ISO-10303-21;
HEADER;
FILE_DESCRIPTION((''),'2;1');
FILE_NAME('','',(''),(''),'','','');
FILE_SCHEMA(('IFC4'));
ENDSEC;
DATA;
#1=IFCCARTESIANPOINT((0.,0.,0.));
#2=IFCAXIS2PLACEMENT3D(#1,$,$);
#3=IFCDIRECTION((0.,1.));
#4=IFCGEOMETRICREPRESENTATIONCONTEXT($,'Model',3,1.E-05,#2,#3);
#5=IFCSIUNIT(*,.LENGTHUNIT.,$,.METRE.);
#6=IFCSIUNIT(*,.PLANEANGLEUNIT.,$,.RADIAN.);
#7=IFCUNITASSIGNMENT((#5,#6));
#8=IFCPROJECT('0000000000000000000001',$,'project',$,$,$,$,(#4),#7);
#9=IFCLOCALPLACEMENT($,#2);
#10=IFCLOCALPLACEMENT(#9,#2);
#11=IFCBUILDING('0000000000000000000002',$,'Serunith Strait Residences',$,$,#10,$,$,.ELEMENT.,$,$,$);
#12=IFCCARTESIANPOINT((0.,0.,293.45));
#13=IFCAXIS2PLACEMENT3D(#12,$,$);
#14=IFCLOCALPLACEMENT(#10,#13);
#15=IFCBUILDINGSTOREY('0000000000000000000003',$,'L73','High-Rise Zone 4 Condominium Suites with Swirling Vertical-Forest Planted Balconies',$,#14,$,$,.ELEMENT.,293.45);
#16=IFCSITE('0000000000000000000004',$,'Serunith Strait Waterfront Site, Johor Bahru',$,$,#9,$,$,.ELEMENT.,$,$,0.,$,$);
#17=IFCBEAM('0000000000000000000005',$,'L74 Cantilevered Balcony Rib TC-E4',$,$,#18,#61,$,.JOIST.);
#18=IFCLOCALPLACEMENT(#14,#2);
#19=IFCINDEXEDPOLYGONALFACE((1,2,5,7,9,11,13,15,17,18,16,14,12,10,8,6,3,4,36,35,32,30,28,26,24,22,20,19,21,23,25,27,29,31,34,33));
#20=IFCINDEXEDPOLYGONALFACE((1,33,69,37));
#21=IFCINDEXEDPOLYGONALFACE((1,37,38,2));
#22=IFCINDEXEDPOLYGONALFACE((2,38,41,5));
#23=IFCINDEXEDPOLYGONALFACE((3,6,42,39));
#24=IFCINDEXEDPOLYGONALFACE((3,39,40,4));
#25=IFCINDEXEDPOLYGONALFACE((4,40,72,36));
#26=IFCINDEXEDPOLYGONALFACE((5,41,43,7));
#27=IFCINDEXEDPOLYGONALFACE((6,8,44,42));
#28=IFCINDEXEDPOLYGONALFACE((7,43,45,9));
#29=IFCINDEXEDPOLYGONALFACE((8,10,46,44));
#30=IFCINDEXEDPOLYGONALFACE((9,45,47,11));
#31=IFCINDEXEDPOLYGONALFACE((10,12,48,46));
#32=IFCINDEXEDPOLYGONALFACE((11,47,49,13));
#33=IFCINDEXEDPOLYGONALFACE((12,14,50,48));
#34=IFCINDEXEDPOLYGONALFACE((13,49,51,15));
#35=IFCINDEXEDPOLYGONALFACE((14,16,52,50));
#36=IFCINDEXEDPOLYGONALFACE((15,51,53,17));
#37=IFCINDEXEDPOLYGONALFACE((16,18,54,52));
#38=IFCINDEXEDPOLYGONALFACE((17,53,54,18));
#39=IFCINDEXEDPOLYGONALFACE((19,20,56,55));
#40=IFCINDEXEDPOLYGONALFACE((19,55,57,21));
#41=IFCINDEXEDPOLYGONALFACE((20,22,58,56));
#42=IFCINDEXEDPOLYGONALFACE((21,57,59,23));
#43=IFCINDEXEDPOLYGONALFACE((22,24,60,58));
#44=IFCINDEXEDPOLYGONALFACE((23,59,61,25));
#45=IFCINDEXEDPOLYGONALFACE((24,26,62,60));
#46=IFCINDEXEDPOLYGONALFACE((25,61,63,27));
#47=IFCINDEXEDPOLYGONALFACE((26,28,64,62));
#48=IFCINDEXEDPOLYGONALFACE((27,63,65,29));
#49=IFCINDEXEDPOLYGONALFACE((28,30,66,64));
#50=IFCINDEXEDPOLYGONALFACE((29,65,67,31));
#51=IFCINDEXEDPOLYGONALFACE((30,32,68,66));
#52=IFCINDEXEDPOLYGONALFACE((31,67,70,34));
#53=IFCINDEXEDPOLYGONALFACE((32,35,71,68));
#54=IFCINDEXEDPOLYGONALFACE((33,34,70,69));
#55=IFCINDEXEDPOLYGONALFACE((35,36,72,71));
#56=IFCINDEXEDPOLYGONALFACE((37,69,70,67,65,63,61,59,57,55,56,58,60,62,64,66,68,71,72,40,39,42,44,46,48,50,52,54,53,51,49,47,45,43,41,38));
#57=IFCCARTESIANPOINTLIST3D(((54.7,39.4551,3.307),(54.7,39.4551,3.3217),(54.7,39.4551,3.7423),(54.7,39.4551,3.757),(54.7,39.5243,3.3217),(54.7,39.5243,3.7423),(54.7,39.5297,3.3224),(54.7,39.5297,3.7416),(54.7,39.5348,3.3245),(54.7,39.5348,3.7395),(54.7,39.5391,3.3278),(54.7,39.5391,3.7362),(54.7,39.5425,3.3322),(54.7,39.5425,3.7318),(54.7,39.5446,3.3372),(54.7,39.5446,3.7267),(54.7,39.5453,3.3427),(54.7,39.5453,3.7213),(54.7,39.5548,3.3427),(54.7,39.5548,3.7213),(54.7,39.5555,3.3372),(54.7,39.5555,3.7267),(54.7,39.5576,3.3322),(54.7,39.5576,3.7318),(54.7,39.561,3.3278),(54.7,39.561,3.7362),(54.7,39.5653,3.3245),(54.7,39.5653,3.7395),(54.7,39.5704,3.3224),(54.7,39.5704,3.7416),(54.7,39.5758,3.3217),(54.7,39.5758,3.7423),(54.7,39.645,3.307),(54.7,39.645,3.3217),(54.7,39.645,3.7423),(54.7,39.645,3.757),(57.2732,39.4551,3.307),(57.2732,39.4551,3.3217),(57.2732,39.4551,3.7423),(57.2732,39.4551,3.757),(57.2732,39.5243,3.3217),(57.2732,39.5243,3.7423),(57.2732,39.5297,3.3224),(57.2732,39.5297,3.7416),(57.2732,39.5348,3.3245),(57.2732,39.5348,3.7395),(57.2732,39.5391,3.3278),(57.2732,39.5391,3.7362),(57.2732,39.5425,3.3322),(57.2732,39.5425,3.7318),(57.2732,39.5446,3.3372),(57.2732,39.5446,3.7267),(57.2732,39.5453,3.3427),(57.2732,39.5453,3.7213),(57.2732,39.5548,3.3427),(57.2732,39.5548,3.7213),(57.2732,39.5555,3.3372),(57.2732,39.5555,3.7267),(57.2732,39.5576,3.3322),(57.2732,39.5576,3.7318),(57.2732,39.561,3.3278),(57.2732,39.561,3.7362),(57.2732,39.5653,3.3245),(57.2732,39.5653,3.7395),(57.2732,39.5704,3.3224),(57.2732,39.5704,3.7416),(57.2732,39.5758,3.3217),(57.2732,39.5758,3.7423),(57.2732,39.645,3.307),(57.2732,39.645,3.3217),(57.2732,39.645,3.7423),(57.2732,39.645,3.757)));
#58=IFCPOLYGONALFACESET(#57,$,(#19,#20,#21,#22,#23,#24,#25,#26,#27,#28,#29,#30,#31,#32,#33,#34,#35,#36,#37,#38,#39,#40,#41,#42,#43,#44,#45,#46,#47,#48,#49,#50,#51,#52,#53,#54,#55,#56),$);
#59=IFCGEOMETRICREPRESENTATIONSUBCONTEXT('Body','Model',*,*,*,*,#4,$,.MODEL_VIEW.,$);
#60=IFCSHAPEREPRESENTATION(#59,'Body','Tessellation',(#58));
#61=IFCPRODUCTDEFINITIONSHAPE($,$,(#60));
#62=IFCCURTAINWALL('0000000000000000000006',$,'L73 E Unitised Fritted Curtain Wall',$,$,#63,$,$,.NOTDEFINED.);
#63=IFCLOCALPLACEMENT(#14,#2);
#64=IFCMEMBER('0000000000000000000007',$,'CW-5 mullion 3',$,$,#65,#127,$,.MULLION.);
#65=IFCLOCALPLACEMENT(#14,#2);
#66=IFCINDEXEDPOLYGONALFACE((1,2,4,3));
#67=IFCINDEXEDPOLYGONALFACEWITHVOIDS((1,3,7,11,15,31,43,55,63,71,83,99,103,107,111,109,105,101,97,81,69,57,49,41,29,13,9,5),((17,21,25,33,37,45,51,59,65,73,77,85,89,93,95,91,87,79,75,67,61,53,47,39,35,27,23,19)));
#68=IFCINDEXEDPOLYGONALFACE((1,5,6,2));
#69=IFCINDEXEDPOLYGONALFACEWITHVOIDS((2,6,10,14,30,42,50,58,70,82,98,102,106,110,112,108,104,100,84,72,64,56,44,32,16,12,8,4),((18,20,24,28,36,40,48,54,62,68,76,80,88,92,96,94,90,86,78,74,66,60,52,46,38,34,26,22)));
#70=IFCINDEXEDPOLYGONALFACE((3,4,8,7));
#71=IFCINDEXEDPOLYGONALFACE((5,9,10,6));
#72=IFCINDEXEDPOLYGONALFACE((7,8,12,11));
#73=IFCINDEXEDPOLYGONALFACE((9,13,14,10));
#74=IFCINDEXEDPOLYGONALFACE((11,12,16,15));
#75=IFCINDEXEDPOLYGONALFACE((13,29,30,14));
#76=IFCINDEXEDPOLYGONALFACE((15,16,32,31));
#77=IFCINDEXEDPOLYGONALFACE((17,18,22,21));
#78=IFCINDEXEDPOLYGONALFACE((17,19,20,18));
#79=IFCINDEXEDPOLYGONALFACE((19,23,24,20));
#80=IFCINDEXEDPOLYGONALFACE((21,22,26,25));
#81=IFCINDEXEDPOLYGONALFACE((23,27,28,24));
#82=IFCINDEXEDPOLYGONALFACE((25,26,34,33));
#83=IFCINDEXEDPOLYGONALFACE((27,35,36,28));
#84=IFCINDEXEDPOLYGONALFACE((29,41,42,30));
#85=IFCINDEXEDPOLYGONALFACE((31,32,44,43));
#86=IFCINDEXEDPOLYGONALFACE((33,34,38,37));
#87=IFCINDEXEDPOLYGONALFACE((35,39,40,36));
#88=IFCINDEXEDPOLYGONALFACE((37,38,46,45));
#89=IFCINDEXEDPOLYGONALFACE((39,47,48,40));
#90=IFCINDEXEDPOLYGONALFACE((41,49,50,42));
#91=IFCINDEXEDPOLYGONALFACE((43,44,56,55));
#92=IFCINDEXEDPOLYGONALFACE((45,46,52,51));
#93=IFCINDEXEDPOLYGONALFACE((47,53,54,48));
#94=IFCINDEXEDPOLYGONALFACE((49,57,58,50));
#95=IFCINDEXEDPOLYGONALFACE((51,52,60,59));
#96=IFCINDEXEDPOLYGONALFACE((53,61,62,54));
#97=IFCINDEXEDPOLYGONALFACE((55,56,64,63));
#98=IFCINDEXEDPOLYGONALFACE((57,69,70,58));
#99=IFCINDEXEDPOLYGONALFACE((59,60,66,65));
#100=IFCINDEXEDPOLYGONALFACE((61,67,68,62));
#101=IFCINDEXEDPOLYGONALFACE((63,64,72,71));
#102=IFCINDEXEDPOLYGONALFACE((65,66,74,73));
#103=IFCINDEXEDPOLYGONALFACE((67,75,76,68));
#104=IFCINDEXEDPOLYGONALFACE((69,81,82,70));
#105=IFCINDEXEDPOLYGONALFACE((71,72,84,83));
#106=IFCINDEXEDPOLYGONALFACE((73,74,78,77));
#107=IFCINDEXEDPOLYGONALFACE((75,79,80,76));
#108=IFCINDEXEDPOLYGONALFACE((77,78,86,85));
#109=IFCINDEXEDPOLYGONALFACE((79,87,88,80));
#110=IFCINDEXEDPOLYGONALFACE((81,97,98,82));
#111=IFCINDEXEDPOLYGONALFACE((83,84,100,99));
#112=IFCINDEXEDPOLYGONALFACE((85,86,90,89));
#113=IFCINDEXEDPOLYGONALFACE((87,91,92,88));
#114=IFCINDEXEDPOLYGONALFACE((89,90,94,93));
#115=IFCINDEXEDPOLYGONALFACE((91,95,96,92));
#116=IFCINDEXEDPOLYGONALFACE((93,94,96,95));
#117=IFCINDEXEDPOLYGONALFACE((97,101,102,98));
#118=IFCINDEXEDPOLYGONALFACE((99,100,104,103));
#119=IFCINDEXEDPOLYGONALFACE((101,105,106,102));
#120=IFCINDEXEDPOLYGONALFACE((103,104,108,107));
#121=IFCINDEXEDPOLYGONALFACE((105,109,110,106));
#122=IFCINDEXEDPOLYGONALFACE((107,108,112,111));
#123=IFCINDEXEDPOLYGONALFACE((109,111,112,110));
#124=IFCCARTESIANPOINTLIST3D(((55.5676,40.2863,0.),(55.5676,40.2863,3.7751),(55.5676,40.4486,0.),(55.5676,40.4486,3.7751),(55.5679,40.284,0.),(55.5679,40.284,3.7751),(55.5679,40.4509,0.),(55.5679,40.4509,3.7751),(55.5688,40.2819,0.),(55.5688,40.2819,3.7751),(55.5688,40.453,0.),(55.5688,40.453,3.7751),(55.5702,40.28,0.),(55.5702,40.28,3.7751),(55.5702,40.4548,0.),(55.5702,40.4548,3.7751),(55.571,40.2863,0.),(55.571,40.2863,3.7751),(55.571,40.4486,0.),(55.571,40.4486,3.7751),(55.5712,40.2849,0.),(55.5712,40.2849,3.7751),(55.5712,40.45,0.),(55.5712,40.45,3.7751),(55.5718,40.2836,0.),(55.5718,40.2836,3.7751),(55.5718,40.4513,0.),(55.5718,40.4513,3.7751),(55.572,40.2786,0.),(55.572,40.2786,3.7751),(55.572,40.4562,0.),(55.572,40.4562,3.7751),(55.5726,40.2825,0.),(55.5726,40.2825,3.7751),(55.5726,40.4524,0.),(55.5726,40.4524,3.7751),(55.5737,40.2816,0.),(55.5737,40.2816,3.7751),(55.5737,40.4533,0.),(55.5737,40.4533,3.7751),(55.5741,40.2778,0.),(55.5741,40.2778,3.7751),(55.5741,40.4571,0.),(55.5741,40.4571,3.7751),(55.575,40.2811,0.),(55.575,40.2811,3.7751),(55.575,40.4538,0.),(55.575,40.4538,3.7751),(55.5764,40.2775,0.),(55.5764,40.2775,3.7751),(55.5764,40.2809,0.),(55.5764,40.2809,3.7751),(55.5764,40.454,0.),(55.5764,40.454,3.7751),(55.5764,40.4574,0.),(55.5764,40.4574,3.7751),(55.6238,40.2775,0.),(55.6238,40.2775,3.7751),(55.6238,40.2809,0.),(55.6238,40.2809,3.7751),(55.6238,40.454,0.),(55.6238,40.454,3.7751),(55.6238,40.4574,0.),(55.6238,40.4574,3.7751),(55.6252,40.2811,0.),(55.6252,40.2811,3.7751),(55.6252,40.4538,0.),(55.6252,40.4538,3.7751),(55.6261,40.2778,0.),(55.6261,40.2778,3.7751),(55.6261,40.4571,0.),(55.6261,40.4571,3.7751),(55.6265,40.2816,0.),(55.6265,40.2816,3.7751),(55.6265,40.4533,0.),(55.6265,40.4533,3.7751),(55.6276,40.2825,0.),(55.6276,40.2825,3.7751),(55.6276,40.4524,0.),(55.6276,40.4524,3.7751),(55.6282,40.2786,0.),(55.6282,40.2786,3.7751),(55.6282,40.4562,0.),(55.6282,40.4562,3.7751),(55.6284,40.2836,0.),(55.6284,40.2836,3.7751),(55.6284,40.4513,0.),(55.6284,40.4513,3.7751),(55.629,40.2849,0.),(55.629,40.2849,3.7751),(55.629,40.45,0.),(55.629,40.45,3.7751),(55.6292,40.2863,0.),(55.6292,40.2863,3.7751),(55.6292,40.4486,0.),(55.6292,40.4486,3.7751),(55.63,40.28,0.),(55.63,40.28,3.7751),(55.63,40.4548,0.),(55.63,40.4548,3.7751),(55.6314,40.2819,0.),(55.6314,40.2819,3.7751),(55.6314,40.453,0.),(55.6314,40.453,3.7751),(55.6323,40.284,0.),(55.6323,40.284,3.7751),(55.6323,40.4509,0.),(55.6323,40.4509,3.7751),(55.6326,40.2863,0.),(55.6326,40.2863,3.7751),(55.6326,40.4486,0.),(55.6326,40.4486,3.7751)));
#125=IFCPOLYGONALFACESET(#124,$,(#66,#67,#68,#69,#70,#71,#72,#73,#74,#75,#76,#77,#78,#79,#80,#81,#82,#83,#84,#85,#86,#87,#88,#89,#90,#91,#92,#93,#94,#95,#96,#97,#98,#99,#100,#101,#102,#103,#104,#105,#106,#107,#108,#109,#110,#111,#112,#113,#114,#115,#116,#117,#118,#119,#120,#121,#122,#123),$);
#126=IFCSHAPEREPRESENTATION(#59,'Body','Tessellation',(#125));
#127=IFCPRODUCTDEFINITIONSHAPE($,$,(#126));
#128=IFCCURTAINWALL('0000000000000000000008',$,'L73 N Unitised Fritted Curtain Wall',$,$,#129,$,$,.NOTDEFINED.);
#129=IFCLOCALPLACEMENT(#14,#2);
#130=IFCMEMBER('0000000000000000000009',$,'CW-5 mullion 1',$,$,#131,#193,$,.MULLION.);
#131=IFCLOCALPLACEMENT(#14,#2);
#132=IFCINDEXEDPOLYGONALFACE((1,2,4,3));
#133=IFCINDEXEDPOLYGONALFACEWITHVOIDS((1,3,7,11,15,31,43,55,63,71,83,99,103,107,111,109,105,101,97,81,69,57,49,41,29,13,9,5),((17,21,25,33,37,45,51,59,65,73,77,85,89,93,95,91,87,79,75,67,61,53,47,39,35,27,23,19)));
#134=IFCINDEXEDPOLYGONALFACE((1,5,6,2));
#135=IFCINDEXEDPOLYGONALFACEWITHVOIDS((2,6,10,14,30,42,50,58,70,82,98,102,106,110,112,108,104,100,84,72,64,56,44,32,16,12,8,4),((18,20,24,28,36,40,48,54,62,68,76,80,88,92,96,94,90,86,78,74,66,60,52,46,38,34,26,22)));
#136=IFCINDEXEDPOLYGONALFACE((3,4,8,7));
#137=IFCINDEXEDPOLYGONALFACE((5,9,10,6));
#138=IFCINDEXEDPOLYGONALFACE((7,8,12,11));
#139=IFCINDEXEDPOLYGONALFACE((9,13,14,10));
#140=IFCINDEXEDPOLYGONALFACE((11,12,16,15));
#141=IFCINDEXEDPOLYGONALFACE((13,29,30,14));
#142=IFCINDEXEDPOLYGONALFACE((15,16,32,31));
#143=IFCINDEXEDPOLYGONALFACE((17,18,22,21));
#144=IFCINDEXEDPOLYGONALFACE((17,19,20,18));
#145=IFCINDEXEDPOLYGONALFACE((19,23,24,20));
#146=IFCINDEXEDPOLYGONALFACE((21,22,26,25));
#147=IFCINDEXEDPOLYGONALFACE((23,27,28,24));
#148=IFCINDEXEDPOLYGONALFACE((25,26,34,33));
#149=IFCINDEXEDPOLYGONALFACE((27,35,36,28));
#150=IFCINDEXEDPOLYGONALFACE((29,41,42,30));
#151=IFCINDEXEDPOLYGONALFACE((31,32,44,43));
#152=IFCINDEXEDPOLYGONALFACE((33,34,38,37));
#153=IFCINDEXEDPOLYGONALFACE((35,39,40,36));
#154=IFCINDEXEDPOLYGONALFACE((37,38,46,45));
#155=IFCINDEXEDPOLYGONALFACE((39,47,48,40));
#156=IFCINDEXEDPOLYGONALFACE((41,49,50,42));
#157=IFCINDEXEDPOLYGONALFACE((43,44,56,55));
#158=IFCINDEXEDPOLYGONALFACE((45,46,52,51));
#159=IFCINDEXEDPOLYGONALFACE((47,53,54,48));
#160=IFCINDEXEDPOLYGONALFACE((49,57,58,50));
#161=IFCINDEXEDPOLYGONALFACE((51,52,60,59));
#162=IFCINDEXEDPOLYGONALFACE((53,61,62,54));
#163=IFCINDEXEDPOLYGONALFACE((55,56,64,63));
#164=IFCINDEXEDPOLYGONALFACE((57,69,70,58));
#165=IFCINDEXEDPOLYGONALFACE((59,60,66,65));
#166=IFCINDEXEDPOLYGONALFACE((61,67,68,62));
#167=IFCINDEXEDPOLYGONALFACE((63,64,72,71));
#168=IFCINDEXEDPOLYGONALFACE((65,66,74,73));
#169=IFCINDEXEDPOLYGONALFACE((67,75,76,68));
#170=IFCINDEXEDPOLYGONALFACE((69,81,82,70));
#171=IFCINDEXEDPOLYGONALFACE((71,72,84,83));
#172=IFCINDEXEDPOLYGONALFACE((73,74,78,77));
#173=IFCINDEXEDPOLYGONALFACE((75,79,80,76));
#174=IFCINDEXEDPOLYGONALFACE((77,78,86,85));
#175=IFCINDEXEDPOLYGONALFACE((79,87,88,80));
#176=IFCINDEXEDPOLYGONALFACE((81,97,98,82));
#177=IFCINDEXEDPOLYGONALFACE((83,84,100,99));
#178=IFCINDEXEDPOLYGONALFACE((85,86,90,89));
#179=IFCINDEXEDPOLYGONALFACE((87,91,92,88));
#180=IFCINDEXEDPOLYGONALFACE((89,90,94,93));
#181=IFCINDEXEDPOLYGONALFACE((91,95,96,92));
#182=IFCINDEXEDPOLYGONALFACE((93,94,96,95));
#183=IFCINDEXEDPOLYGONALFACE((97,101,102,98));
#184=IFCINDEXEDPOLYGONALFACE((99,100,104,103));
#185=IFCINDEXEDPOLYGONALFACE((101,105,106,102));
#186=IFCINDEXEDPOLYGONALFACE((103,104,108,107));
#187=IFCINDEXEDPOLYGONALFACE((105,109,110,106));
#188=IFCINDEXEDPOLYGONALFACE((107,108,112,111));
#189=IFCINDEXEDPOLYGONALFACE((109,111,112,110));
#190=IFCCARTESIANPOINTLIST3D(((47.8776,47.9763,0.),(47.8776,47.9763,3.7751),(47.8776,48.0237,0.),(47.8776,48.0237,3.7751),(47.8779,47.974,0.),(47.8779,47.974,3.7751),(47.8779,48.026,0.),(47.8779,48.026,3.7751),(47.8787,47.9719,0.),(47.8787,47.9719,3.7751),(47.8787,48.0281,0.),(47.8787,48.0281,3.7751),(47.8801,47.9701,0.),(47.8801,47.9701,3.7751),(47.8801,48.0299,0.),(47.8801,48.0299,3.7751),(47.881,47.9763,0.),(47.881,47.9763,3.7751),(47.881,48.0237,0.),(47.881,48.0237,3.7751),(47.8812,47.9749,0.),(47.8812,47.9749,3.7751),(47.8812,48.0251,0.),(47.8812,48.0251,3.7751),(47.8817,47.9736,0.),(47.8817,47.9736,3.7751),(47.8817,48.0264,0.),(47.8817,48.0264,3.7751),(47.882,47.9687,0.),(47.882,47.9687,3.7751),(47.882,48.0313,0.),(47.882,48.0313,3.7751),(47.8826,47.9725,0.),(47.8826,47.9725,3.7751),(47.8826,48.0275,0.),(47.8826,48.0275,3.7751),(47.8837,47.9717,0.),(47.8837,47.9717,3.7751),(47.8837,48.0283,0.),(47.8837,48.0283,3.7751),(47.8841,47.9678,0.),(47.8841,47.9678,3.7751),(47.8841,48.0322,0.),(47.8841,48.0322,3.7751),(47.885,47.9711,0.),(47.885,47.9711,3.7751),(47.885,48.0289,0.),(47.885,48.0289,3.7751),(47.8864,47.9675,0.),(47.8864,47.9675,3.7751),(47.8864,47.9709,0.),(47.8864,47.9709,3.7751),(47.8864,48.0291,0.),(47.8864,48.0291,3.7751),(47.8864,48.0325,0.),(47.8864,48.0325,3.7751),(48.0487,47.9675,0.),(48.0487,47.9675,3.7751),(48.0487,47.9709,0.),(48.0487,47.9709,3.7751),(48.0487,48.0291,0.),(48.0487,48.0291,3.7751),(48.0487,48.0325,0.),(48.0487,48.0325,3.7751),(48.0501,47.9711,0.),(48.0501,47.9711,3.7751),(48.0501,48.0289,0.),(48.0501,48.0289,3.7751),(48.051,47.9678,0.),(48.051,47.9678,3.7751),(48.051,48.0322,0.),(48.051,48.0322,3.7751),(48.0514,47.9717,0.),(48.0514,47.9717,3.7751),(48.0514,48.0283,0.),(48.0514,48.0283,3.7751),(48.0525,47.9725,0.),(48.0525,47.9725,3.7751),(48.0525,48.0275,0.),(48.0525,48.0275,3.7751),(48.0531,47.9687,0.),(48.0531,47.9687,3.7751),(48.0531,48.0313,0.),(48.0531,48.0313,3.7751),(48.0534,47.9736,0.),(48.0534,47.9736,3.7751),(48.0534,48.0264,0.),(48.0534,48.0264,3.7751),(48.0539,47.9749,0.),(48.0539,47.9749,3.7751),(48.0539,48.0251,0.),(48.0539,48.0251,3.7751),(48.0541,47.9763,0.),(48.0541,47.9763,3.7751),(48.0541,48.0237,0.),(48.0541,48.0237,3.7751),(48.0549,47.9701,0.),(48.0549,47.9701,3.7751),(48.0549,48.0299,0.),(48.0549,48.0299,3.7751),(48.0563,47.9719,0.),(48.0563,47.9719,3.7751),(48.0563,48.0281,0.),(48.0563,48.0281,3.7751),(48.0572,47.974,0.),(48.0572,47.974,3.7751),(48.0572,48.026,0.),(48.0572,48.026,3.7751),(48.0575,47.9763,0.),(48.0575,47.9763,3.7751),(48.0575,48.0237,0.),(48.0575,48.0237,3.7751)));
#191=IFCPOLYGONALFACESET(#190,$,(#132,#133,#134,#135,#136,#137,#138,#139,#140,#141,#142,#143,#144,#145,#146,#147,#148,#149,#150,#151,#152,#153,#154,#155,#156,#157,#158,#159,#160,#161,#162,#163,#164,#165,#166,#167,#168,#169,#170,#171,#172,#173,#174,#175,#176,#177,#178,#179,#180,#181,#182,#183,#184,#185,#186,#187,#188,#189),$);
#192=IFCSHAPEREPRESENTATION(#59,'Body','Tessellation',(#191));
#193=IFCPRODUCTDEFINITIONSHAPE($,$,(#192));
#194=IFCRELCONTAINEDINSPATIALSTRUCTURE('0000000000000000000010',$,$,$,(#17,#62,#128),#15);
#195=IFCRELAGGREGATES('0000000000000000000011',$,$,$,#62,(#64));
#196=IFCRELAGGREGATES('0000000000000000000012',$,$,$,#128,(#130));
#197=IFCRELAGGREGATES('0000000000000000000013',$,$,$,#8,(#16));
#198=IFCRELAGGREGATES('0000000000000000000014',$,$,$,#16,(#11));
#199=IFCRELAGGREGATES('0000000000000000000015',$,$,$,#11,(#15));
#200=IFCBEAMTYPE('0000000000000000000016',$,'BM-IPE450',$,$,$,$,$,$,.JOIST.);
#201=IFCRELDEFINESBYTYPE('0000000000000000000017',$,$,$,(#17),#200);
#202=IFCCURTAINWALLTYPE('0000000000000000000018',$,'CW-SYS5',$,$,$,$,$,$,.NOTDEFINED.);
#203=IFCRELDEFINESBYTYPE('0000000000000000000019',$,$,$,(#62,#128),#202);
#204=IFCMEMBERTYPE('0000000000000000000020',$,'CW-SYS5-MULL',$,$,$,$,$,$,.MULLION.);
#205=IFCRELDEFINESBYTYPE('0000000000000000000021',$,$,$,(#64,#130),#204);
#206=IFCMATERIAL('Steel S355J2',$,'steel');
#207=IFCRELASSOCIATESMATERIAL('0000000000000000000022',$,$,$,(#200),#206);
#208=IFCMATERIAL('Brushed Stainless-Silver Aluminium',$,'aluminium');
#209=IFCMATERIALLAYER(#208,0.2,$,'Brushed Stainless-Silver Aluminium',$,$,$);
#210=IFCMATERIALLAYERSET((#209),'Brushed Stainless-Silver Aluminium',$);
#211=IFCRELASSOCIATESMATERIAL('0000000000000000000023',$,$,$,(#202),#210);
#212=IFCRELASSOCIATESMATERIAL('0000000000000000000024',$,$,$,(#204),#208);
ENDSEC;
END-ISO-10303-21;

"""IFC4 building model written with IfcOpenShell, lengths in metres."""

from ifc_helpers import new_model, si_unit, direction, frame, origin, origin_2d, place, context, subcontext, project, spatial, hollow_rectangle, i_section, extrude, source, transform, mapped, material, layer, layer_set, material_profile, profile_set, type_object, element, aggregate, save


model = new_model("IFC4")

# Units and contexts
model_context = context("Model", 3, precision=1e-05, world=origin(), true_north=direction((0.0, 1.0)))
body_context = subcontext(model_context, "Body", "Model", "MODEL_VIEW")
ifc_project = project(units=[si_unit("LENGTHUNIT", "METRE"), si_unit("PLANEANGLEUNIT", "RADIAN")], contexts=[model_context])

# Site, building, storey
site_placement = place(None, origin())
site = spatial("IfcSite", under=ifc_project, at=site_placement, Name="Serunith Strait Waterfront Site, Johor Bahru", CompositionType="ELEMENT", RefElevation=0.0)
building_placement = place(site_placement, origin())
building = spatial("IfcBuilding", under=site, at=building_placement, Name="Serunith Strait Residences", CompositionType="ELEMENT")
storey_placement = place(building_placement, frame((0.0, 0.0, 293.45)))
storey = spatial("IfcBuildingStorey", under=building, at=storey_placement, Name="L73", Description="High-Rise Zone 4 Condominium Suites with Swirling Vertical-Forest Planted Balconies", CompositionType="ELEMENT", Elevation=293.45)

# Beam
ifc_material_1 = material(Name="Steel S355J2", Category="steel")
ifc_material_profile_1 = material_profile(ifc_material_1, i_section(OverallWidth=0.1899, OverallDepth=0.45, WebThickness=0.0095, FlangeThickness=0.0146, FilletRadius=0.021, at=origin_2d()), Name="IPE 450")
ifc_profile_set_1 = profile_set([ifc_material_profile_1], Name="Steel S355J2")
beam_type_1 = type_object("IfcBeamType", Name="BM-IPE450", PredefinedType="JOIST", material=ifc_profile_set_1)
shared_shape_1 = source(origin(), body_context, "Body", "SweptSolid", [
    extrude(i_section(OverallWidth=0.1899, OverallDepth=0.45, WebThickness=0.0095, FlangeThickness=0.0146, FilletRadius=0.021, at=origin_2d()), origin(), (0.0, 0.0, 1.0), 2.5732),
])
beam_1_placement = place(storey_placement, frame((54.7, 39.55, 3.532), z_axis=(1.0, 0.0, 0.0), x_axis=(0.0, 1.0, 0.0)))
element("IfcBeam", 1, at=beam_1_placement, inside=storey, type_object=beam_type_1, Name="L74 Cantilevered Balcony Rib TC-E4", PredefinedType="JOIST", context=body_context, shape_type="MappedRepresentation", body=[
    mapped(shared_shape_1, transform((0.0, 0.0, 0.0), scale=1.0)),
])

# Curtain wall, member
ifc_material_2 = material(Name="Brushed Stainless-Silver Aluminium", Category="aluminium")
ifc_layer_1 = layer(ifc_material_2, 0.2, Name="Brushed Stainless-Silver Aluminium")
ifc_layer_set_1 = layer_set([ifc_layer_1], Name="Brushed Stainless-Silver Aluminium")
curtain_wall_type = type_object("IfcCurtainWallType", Name="CW-SYS5", PredefinedType="NOTDEFINED", material=ifc_layer_set_1)
curtain_wall_1_placement = place(storey_placement, origin())
curtain_wall_1 = element("IfcCurtainWall", 2, at=curtain_wall_1_placement, inside=storey, type_object=curtain_wall_type, Name="L73 E Unitised Fritted Curtain Wall", PredefinedType="NOTDEFINED")
ifc_material_profile_2 = material_profile(ifc_material_2, hollow_rectangle(XDim=0.0649, YDim=0.1799, WallThickness=0.0034, InnerFilletRadius=0.0054, OuterFilletRadius=0.0088, at=origin_2d()), Name="ALU 180x65x3.5")
ifc_profile_set_2 = profile_set([ifc_material_profile_2], Name="Brushed Stainless-Silver Aluminium")
member_type_1 = type_object("IfcMemberType", Name="CW-SYS5-MULL", PredefinedType="MULLION", material=ifc_profile_set_2)
shared_shape_2 = source(origin(), body_context, "Body", "SweptSolid", [
    extrude(hollow_rectangle(XDim=0.0649, YDim=0.1799, WallThickness=0.0034, InnerFilletRadius=0.0054, OuterFilletRadius=0.0088, at=origin_2d()), origin(), (0.0, 0.0, 1.0), 3.7751),
])
member_1_placement = place(storey_placement, frame((55.6001, 40.3674, 0.0), z_axis=(0.0, 0.0, 1.0), x_axis=(-1.0, 0.0, 0.0)))
member_1 = element("IfcMember", 3, at=member_1_placement, type_object=member_type_1, Name="CW-5 mullion 3", PredefinedType="MULLION", context=body_context, shape_type="MappedRepresentation", body=[
    mapped(shared_shape_2, transform((0.0, 0.0, 0.0), scale=1.0)),
])
aggregate(curtain_wall_1, [member_1])

# Curtain wall, member
curtain_wall_2_placement = place(storey_placement, origin())
curtain_wall_2 = element("IfcCurtainWall", 4, at=curtain_wall_2_placement, inside=storey, type_object=curtain_wall_type, Name="L73 N Unitised Fritted Curtain Wall", PredefinedType="NOTDEFINED")
member_2_placement = place(storey_placement, frame((47.9675, 48.0, 0.0), z_axis=(0.0, 0.0, 1.0), x_axis=(0.0, -1.0, 0.0)))
member_2 = element("IfcMember", 5, at=member_2_placement, type_object=member_type_1, Name="CW-5 mullion 1", PredefinedType="MULLION", context=body_context, shape_type="MappedRepresentation", body=[
    mapped(shared_shape_2, transform((0.0, 0.0, 0.0), scale=1.0)),
])
aggregate(curtain_wall_2, [member_2])

save(model, "model.ifc")
